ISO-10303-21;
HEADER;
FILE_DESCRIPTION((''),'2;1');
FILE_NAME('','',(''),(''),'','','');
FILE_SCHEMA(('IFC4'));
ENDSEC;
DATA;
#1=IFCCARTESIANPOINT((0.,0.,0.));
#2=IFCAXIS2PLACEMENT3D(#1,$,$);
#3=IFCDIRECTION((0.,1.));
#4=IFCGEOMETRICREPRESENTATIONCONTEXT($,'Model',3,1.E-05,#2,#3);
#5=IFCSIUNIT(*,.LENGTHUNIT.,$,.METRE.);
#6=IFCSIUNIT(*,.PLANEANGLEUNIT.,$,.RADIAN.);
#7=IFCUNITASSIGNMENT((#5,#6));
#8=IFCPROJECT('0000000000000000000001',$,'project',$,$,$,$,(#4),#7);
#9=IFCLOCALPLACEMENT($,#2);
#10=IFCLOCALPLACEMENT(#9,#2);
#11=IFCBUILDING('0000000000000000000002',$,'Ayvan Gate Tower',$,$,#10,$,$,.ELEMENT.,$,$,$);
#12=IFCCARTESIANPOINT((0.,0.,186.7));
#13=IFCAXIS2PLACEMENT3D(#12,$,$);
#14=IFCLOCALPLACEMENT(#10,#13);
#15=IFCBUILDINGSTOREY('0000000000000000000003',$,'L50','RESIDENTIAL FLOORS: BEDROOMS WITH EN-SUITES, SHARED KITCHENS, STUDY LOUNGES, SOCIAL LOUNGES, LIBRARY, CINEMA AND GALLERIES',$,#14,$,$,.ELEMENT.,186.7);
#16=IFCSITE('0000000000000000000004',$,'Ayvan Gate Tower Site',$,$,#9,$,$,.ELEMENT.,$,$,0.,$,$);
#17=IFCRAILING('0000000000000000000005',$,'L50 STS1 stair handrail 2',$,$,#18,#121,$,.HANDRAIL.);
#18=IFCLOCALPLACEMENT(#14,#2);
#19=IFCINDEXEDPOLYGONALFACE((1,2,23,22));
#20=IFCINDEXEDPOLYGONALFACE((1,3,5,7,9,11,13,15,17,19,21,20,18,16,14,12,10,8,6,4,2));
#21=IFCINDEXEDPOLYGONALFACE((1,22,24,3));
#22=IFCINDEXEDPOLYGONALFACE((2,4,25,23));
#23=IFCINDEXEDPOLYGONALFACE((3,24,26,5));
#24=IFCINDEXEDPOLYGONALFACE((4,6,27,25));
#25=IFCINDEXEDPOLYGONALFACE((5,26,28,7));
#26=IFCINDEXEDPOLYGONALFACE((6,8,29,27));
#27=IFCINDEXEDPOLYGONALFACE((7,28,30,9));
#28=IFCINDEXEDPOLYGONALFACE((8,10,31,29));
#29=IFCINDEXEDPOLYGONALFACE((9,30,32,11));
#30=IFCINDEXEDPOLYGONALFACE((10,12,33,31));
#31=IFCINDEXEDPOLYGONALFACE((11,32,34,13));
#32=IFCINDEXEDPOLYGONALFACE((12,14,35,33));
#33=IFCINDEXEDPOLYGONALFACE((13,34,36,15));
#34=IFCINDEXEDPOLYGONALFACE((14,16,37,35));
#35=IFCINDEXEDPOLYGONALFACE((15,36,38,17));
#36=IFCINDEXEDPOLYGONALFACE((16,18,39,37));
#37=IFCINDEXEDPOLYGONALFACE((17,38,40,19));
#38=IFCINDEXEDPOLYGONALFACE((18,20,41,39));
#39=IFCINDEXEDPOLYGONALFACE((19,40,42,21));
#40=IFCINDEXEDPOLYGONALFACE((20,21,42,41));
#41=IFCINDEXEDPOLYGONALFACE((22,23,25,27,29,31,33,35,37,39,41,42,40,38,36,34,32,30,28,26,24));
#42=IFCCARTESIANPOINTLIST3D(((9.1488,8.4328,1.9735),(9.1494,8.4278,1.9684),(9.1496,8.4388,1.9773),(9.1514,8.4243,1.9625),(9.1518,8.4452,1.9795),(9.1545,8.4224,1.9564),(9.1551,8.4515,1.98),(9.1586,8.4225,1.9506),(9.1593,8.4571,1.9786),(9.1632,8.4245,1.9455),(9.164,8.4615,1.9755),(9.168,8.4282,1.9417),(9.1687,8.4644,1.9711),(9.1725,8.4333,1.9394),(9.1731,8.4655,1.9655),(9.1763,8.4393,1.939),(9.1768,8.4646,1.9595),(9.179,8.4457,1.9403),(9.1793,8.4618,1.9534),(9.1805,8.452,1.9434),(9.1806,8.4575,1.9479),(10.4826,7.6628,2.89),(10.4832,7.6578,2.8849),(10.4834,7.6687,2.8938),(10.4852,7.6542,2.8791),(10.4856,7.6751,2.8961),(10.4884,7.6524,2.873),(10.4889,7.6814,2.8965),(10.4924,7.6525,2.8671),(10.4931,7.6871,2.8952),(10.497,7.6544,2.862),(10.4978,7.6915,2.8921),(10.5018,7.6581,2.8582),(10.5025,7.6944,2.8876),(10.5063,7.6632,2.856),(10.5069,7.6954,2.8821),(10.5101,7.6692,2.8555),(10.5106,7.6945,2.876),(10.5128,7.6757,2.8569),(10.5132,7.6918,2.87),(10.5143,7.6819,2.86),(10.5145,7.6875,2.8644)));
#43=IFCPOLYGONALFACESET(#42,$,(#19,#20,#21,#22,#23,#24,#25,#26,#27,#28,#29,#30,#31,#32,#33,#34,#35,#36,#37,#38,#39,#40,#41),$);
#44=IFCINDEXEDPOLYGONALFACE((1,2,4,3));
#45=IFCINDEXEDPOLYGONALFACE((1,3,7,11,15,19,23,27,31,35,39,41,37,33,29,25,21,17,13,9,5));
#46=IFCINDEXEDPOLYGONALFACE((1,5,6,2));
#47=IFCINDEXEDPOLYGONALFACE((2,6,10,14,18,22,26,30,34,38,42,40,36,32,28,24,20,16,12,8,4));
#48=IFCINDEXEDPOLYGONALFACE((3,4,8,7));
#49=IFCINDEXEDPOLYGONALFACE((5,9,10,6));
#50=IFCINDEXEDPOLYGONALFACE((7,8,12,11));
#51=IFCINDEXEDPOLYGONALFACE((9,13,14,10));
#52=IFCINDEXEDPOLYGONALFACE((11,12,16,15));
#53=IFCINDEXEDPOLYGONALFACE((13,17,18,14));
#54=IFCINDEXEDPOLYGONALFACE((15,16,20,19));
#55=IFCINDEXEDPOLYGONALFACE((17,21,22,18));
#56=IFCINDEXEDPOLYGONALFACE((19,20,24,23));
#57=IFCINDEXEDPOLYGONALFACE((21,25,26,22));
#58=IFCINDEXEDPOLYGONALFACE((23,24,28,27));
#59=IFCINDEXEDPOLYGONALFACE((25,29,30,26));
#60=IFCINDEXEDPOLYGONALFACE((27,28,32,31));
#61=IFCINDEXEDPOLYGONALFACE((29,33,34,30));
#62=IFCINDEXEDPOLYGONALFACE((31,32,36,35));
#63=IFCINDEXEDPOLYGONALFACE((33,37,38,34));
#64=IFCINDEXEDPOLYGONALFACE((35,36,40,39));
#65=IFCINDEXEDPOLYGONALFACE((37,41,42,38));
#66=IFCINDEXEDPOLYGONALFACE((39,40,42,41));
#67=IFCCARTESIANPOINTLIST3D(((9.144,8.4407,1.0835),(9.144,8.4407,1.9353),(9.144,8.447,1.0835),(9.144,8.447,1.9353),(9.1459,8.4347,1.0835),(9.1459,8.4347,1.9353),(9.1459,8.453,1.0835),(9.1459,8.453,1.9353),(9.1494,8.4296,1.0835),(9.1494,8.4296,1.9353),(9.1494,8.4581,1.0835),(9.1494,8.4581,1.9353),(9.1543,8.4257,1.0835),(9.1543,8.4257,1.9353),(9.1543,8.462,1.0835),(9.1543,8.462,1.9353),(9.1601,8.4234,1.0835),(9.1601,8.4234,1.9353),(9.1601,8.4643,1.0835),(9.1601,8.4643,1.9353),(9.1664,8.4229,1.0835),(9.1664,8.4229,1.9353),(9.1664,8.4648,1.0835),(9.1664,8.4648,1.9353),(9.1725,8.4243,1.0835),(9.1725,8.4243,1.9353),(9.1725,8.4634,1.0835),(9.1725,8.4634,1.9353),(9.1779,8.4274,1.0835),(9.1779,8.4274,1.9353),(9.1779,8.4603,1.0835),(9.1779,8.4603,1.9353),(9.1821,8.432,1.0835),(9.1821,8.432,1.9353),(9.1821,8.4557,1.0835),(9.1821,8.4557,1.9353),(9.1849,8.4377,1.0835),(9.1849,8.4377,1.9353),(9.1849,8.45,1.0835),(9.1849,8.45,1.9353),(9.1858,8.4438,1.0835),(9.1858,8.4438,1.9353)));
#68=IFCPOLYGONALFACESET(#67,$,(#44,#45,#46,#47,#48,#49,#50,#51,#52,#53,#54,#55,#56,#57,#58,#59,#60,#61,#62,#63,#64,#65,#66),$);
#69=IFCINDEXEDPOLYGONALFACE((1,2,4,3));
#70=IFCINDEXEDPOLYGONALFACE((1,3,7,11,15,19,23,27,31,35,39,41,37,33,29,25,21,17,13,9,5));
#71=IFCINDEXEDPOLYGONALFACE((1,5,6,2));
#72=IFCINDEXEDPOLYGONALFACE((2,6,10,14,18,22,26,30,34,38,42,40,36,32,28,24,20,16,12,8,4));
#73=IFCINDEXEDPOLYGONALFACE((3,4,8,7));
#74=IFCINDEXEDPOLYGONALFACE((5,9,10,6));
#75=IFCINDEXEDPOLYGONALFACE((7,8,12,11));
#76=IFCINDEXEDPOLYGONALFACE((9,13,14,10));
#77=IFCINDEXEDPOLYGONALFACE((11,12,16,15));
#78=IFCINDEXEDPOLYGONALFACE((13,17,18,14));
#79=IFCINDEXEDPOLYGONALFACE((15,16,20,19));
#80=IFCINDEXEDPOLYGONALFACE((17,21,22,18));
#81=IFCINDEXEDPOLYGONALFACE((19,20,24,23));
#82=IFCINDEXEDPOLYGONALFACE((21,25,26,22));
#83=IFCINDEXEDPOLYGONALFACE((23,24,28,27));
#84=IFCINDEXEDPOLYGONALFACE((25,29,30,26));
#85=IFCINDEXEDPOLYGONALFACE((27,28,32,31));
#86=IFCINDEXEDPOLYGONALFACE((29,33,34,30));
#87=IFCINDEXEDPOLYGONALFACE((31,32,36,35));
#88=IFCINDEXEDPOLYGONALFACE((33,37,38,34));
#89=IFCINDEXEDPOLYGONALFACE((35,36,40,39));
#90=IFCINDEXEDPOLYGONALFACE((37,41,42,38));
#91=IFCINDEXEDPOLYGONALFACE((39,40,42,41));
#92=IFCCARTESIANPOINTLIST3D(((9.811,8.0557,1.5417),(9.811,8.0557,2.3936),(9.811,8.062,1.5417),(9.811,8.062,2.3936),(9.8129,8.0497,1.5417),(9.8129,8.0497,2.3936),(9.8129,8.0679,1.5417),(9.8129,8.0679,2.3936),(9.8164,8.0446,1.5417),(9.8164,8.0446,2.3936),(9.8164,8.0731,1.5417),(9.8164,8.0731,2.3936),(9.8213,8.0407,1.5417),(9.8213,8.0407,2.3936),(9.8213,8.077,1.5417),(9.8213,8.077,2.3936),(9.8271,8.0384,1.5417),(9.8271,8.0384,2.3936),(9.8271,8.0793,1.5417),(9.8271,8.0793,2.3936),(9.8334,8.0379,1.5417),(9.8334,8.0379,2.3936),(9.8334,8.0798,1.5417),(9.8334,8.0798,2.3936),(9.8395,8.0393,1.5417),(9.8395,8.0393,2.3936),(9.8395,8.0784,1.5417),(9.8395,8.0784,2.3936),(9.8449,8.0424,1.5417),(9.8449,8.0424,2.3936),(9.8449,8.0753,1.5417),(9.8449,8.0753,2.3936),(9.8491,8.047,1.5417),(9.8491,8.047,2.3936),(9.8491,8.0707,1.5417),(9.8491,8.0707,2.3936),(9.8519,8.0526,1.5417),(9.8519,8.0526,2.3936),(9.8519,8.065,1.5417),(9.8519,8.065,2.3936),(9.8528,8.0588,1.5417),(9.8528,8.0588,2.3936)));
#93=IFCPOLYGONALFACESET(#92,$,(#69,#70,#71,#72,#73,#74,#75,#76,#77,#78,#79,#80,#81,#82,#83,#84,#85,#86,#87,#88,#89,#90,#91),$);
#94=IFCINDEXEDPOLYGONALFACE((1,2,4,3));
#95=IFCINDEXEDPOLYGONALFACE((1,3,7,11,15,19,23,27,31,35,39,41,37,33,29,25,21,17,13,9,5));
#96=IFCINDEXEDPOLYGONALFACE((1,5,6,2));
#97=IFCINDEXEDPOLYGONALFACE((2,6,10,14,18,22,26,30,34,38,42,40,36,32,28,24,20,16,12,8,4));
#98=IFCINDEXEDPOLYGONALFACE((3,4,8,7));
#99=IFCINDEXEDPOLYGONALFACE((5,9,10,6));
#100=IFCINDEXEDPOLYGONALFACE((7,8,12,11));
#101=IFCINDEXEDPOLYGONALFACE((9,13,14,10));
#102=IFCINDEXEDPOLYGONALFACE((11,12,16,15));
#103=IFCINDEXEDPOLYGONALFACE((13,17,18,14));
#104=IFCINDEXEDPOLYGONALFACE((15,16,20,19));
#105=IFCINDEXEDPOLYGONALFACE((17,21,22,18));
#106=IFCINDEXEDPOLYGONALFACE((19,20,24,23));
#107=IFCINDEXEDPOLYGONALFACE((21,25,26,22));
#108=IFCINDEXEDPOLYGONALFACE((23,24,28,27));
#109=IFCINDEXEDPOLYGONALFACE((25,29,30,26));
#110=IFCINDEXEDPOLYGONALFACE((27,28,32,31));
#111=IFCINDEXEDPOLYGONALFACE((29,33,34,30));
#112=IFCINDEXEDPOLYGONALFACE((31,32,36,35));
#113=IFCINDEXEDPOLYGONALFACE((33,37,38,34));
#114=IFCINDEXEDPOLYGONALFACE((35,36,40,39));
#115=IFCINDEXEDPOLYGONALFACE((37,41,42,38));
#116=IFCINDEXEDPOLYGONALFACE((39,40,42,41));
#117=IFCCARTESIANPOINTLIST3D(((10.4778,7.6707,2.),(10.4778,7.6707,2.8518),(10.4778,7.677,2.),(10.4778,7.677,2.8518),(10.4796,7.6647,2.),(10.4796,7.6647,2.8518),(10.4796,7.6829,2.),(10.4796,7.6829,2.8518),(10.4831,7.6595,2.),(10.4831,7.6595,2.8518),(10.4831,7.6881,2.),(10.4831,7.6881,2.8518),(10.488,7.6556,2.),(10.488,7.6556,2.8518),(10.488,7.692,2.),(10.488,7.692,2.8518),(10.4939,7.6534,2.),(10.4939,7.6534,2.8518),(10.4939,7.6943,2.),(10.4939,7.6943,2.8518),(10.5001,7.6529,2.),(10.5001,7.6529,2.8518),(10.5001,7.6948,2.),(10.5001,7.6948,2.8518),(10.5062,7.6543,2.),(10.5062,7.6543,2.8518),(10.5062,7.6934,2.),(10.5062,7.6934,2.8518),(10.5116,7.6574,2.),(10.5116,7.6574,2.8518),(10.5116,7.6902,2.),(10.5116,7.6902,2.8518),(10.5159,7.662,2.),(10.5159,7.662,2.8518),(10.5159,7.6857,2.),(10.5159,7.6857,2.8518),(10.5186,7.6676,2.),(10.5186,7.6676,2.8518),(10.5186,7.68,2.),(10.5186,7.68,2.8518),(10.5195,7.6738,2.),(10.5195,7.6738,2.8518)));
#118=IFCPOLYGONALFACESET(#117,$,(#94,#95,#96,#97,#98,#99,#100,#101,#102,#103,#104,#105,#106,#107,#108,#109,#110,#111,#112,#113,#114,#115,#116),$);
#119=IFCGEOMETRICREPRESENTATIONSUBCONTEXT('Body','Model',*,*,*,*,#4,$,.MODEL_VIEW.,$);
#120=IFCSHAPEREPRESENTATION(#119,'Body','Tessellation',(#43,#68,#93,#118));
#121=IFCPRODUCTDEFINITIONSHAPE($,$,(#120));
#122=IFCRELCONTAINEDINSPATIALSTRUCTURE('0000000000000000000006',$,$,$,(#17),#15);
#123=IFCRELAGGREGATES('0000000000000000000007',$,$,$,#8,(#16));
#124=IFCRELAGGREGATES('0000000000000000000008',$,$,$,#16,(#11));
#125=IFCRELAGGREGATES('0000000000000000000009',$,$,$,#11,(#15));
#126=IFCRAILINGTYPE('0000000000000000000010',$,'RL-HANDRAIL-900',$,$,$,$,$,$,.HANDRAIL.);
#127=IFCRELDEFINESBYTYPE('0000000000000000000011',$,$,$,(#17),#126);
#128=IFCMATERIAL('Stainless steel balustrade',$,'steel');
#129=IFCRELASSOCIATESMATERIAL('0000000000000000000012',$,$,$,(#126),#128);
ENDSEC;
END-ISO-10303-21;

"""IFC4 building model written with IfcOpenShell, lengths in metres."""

from ifc_helpers import new_model, si_unit, direction, frame, origin, origin_2d, place, context, subcontext, project, spatial, circle, extrude, material, type_object, element, save


model = new_model("IFC4")

# Units and contexts
model_context = context("Model", 3, precision=1e-05, world=origin(), true_north=direction((0.0, 1.0)))
body_context = subcontext(model_context, "Body", "Model", "MODEL_VIEW")
ifc_project = project(units=[si_unit("LENGTHUNIT", "METRE"), si_unit("PLANEANGLEUNIT", "RADIAN")], contexts=[model_context])

# Site, building, storey
site_placement = place(None, origin())
site = spatial("IfcSite", under=ifc_project, at=site_placement, Name="Ayvan Gate Tower Site", CompositionType="ELEMENT", RefElevation=0.0)
building_placement = place(site_placement, origin())
building = spatial("IfcBuilding", under=site, at=building_placement, Name="Ayvan Gate Tower", CompositionType="ELEMENT")
storey_placement = place(building_placement, frame((0.0, 0.0, 186.7)))
storey = spatial("IfcBuildingStorey", under=building, at=storey_placement, Name="L50", Description="RESIDENTIAL FLOORS: BEDROOMS WITH EN-SUITES, SHARED KITCHENS, STUDY LOUNGES, SOCIAL LOUNGES, LIBRARY, CINEMA AND GALLERIES", CompositionType="ELEMENT", Elevation=186.7)

# Railing
ifc_material_1 = material(Name="Stainless steel balustrade", Category="steel")
railing_type_1 = type_object("IfcRailingType", Name="RL-HANDRAIL-900", PredefinedType="HANDRAIL", material=ifc_material_1)
railing_1_placement = place(storey_placement, frame((9.1648, 8.4438, 1.0835)))
element("IfcRailing", 1, at=railing_1_placement, inside=storey, type_object=railing_type_1, Name="L50 STS1 stair handrail 2", PredefinedType="HANDRAIL", context=body_context, shape_type="SweptSolid", body=[
    extrude(circle(Radius=0.0239, at=origin_2d()), frame((0.0, 0.0, 0.876), z_axis=(0.744216, -0.429664, 0.511401), x_axis=(0.499992, 0.86603, 0.0)), (0.0, 0.0, 1.0), 1.7922),
    extrude(circle(Radius=0.021, at=origin_2d()), origin(), (0.0, 0.0, 1.0), 0.8518),
    extrude(circle(Radius=0.021, at=origin_2d()), frame((0.667, -0.385, 0.4583)), (0.0, 0.0, 1.0), 0.8518),
    extrude(circle(Radius=0.021, at=origin_2d()), frame((1.3337, -0.77, 0.9165)), (0.0, 0.0, 1.0), 0.8518),
])

save(model, "model.ifc")
